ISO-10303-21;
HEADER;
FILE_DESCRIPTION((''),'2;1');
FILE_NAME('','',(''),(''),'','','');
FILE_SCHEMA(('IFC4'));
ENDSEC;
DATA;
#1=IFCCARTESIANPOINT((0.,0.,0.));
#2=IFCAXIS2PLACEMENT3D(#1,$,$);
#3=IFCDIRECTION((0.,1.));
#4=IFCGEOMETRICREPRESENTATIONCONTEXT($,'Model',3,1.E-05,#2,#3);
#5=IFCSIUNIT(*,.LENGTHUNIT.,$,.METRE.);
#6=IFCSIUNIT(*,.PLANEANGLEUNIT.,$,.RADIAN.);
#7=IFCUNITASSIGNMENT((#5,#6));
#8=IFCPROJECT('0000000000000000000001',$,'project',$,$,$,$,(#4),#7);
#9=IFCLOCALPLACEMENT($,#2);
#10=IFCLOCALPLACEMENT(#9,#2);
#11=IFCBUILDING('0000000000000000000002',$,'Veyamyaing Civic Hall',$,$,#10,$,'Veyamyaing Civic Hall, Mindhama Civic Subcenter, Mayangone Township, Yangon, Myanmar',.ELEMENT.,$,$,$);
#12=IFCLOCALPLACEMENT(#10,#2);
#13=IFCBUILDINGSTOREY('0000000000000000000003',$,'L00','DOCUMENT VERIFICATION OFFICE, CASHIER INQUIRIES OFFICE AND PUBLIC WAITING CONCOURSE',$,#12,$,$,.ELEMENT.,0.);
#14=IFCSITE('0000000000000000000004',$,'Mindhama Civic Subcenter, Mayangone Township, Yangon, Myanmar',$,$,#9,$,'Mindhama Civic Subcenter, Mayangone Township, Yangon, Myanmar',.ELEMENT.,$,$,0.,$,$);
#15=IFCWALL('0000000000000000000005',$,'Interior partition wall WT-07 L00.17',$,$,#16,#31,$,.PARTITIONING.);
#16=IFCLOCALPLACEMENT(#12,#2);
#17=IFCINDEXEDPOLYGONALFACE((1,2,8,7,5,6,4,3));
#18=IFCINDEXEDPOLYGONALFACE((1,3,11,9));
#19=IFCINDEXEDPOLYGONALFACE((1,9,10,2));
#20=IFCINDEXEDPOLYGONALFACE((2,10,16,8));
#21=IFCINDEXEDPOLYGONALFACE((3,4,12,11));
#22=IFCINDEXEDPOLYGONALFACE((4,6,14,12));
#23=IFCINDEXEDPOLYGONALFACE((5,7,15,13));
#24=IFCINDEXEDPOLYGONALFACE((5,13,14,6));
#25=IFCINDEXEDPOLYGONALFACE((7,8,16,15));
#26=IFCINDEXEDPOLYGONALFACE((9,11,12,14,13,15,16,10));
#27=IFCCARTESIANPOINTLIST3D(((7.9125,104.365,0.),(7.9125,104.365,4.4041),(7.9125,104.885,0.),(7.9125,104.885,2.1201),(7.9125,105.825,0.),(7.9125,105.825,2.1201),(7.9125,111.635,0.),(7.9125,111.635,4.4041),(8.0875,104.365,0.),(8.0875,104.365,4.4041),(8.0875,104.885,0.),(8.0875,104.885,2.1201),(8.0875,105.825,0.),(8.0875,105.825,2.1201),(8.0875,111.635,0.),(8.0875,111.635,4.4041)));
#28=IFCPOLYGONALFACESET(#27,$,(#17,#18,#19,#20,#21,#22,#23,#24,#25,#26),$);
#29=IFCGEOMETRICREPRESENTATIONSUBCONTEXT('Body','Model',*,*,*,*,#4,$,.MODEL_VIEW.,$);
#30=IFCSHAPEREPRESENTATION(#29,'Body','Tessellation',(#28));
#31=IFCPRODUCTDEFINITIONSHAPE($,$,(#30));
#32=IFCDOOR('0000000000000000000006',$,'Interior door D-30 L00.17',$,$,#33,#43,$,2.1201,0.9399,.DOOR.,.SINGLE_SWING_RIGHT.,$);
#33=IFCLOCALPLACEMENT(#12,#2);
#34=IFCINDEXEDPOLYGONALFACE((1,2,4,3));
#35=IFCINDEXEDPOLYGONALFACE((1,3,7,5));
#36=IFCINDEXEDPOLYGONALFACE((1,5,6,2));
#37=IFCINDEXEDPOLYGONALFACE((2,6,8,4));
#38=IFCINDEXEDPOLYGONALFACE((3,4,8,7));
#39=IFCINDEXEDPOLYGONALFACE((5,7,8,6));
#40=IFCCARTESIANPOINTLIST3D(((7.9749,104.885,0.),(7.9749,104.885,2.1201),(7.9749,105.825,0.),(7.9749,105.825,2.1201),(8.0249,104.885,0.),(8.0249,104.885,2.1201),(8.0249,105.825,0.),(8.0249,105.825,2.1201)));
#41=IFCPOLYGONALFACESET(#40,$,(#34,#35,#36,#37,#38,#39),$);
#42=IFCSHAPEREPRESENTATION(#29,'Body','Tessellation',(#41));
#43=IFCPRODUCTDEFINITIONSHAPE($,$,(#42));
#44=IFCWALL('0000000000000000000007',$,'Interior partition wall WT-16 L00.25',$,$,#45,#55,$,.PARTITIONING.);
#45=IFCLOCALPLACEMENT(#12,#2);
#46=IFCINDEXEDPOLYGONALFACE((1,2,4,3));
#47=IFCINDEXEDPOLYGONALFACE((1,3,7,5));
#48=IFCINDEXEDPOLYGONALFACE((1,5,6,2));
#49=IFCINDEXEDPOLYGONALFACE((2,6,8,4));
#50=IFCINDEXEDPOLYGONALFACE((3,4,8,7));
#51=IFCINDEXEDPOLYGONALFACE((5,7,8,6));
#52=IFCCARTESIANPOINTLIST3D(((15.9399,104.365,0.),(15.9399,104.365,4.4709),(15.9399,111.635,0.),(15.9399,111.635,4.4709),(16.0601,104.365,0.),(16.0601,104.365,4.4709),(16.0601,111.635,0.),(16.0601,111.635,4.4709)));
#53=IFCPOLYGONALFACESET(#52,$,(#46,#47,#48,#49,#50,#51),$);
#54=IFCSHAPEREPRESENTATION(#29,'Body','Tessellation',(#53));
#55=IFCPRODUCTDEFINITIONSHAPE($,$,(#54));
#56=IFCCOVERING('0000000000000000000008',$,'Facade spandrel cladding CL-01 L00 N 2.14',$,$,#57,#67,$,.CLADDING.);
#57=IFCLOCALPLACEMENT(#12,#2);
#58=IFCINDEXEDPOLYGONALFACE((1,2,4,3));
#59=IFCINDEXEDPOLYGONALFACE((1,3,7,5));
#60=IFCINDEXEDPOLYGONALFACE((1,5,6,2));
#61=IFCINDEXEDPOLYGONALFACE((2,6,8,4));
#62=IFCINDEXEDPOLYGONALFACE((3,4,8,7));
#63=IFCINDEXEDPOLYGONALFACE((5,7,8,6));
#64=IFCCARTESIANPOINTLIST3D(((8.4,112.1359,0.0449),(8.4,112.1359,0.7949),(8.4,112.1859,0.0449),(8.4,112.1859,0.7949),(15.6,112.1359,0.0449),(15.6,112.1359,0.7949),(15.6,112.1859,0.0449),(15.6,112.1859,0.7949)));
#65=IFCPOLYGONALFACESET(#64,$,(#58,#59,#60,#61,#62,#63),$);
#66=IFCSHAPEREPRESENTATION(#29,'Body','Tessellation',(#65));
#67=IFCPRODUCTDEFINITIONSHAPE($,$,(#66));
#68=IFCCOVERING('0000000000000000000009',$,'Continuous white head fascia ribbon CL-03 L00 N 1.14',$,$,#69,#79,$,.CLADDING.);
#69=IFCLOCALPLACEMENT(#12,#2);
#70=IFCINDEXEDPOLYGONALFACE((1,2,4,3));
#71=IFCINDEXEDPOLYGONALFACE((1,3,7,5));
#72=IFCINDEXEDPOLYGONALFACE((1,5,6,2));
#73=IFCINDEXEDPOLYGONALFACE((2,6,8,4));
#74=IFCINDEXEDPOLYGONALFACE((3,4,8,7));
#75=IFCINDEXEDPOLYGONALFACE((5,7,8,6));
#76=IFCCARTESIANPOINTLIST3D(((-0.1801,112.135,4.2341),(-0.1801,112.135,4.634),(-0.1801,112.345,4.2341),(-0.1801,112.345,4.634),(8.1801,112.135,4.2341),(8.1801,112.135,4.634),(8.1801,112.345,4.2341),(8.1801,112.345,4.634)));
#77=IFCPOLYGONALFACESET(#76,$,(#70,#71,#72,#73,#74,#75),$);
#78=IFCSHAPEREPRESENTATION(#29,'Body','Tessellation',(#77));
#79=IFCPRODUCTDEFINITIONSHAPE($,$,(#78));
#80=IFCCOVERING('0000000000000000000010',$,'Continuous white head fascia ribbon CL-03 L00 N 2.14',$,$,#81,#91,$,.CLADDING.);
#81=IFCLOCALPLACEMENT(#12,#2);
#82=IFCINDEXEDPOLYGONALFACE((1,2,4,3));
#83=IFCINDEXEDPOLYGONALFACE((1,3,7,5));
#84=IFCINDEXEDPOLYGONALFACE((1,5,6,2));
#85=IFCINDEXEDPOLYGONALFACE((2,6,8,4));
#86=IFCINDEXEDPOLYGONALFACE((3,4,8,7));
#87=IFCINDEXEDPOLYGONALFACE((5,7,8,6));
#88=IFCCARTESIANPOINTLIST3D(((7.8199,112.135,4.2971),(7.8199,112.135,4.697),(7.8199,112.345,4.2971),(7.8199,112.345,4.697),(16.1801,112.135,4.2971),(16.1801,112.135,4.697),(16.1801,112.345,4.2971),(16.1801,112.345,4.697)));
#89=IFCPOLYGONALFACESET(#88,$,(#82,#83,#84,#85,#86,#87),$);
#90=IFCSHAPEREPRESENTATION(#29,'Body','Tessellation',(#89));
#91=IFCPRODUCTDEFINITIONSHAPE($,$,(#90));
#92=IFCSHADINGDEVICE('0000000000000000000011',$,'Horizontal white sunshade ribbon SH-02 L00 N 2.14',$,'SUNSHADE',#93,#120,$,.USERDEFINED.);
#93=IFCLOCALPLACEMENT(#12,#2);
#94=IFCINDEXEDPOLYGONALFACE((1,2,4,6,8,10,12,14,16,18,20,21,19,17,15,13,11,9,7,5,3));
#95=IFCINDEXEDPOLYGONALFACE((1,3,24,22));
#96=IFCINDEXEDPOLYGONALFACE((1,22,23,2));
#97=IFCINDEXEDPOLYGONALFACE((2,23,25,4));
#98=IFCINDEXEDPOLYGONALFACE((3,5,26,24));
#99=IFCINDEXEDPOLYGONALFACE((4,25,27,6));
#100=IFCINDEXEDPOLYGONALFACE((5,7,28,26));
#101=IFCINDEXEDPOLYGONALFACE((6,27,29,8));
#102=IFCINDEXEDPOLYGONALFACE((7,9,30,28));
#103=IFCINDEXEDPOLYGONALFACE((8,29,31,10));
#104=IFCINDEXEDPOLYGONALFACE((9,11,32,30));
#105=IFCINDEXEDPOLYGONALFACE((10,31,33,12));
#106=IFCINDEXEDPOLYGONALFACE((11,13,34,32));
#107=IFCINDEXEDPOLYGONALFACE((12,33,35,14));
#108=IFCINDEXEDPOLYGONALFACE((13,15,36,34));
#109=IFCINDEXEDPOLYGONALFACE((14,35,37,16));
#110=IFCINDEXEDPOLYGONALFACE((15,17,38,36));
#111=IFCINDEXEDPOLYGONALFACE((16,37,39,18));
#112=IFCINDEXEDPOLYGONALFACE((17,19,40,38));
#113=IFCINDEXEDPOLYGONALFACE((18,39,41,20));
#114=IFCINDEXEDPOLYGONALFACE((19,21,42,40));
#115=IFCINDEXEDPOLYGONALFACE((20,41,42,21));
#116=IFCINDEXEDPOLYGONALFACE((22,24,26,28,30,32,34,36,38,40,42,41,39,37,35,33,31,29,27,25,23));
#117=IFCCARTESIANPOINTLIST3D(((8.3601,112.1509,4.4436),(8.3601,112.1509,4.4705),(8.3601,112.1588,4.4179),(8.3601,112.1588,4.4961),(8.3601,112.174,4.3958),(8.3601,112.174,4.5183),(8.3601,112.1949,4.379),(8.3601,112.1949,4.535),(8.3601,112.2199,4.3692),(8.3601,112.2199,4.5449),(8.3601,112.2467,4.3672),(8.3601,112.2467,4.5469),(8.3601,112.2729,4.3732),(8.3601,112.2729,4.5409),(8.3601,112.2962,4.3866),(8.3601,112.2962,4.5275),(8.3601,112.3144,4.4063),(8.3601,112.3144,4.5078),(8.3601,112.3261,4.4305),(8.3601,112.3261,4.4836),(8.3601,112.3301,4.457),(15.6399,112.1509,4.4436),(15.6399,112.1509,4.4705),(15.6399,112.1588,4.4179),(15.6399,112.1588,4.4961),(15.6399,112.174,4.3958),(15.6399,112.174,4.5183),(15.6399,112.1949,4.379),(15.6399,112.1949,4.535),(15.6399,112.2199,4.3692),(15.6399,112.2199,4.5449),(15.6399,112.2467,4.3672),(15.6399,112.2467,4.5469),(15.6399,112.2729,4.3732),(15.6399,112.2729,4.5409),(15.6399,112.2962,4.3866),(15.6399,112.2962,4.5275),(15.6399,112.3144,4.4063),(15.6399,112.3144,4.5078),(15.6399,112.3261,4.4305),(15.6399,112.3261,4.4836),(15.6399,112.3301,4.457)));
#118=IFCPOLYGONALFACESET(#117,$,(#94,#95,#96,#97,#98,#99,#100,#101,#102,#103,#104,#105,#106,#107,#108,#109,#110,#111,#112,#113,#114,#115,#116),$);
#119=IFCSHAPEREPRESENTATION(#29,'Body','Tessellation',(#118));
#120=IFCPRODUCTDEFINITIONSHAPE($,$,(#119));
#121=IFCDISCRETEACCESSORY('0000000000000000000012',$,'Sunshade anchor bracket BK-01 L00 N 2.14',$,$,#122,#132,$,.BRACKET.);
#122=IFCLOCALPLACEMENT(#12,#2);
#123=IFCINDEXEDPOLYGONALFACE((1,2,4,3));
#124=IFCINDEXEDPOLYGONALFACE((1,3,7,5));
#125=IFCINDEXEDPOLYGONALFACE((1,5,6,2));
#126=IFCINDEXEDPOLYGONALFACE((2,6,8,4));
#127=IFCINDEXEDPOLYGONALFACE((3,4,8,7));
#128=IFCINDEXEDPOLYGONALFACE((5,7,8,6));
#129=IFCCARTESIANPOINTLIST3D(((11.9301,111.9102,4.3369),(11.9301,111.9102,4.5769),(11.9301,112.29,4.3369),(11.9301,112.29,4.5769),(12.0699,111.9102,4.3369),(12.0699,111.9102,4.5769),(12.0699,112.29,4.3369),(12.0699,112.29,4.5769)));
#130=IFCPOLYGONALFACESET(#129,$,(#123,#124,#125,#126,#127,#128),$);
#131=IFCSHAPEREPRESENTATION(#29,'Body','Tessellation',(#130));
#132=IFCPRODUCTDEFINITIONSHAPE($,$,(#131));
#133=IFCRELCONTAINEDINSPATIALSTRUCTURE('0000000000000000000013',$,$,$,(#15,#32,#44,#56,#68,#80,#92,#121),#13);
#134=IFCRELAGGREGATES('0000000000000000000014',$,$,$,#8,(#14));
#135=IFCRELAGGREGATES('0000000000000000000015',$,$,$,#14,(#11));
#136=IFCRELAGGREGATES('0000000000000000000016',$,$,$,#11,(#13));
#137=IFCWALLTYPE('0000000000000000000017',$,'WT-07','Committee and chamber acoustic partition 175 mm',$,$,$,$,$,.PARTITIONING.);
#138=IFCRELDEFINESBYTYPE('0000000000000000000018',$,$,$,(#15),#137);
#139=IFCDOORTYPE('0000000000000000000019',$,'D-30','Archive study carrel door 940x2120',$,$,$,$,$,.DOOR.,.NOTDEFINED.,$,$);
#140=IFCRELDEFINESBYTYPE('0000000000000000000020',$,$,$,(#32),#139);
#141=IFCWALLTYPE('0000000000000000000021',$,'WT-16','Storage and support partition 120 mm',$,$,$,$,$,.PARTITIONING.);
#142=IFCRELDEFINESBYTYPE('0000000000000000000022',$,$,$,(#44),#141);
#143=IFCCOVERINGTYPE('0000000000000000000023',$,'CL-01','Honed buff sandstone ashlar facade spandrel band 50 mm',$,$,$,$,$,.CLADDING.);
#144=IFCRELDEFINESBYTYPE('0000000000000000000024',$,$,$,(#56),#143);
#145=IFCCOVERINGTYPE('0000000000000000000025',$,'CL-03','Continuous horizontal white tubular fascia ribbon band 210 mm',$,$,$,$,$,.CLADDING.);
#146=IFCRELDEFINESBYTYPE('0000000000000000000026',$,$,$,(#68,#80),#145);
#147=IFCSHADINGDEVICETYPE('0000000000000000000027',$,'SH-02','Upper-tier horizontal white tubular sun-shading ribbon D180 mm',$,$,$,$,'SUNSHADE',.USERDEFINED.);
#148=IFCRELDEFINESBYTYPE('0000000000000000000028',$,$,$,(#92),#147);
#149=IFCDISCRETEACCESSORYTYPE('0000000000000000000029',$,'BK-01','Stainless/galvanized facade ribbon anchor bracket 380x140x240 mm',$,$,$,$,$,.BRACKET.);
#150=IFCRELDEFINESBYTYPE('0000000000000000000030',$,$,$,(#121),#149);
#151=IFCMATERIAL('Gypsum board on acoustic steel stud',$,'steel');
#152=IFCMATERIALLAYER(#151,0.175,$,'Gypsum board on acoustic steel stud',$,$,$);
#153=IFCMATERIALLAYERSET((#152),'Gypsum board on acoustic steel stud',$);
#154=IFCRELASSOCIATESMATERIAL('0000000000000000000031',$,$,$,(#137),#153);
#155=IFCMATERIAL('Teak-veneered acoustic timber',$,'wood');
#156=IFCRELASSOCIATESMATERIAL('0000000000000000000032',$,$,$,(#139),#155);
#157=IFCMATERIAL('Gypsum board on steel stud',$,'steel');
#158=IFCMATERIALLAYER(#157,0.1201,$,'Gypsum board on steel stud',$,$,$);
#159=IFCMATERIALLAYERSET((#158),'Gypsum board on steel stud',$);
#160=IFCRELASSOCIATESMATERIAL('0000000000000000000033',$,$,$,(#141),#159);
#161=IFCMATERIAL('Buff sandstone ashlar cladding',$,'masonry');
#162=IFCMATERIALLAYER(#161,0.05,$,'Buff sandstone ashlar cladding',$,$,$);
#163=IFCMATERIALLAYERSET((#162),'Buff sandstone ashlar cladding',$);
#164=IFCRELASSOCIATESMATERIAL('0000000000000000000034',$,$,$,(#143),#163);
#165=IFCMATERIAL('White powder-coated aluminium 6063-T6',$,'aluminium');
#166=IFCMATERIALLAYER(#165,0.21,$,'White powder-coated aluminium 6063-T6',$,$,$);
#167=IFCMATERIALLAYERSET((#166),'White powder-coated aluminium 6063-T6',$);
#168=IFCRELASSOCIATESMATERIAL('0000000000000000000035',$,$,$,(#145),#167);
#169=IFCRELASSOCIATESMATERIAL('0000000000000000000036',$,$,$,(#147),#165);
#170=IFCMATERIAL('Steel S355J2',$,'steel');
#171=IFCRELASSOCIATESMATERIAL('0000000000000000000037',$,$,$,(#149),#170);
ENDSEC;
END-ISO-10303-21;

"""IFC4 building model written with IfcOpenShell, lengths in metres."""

from ifc_helpers import new_model, si_unit, direction, frame, frame_2d, origin, origin_2d, place, context, subcontext, project, spatial, rectangle, circle, extrude, material, layer, layer_set, material_profile, profile_set, type_object, element, fill, save


model = new_model("IFC4")

# Units and contexts
model_context = context("Model", 3, precision=1e-05, world=origin(), true_north=direction((0.0, 1.0)))
body_context = subcontext(model_context, "Body", "Model", "MODEL_VIEW")
ifc_project = project(units=[si_unit("LENGTHUNIT", "METRE"), si_unit("PLANEANGLEUNIT", "RADIAN")], contexts=[model_context])

# Site, building, storey
site_placement = place(None, origin())
site = spatial("IfcSite", under=ifc_project, at=site_placement, Name="Mindhama Civic Subcenter, Mayangone Township, Yangon, Myanmar", LongName="Mindhama Civic Subcenter, Mayangone Township, Yangon, Myanmar", CompositionType="ELEMENT", RefElevation=0.0)
building_placement = place(site_placement, origin())
building = spatial("IfcBuilding", under=site, at=building_placement, Name="Veyamyaing Civic Hall", LongName="Veyamyaing Civic Hall, Mindhama Civic Subcenter, Mayangone Township, Yangon, Myanmar", CompositionType="ELEMENT")
storey_placement = place(building_placement, origin())
storey = spatial("IfcBuildingStorey", under=building, at=storey_placement, Name="L00", Description="DOCUMENT VERIFICATION OFFICE, CASHIER INQUIRIES OFFICE AND PUBLIC WAITING CONCOURSE", CompositionType="ELEMENT", Elevation=0.0)

# Wall, opening, door
ifc_material_1 = material(Name="Gypsum board on acoustic steel stud", Category="steel")
ifc_layer_1 = layer(ifc_material_1, 0.175, Name="Gypsum board on acoustic steel stud")
ifc_layer_set_1 = layer_set([ifc_layer_1], Name="Gypsum board on acoustic steel stud")
wall_type_1 = type_object("IfcWallType", Name="WT-07", Description="Committee and chamber acoustic partition 175 mm", PredefinedType="PARTITIONING", material=ifc_layer_set_1)
wall_1_placement = place(storey_placement, frame((8.0, 104.365, 0.0), z_axis=(0.0, 0.0, 1.0), x_axis=(0.0, 1.0, 0.0)))
wall_1 = element("IfcWall", 1, at=wall_1_placement, inside=storey, type_object=wall_type_1, Name="Interior partition wall WT-07 L00.17", PredefinedType="PARTITIONING", context=body_context, shape_type="SweptSolid", body=[
    extrude(rectangle(XDim=7.27, YDim=0.175, at=frame_2d((3.635, 0.0))), origin(), (0.0, 0.0, 1.0), 4.4041),
])
opening_1_placement = place(wall_1_placement, frame((0.52, 0.0, 0.0)))
opening_1 = element("IfcOpeningElement", 2, at=opening_1_placement, cuts=wall_1, PredefinedType="OPENING", context=body_context, shape_type="SweptSolid", body=[
    extrude(rectangle(XDim=0.9399, YDim=2.1201, at=frame_2d((0.47, 1.0601))), frame((0.0, 0.0974, 0.0), z_axis=(0.0, -1.0, 0.0), x_axis=(1.0, 0.0, 0.0)), (0.0, 0.0, 1.0), 0.1951),
])
ifc_material_2 = material(Name="Teak-veneered acoustic timber", Category="wood")
door_type_1 = type_object("IfcDoorType", Name="D-30", Description="Archive study carrel door 940x2120", OperationType="NOTDEFINED", PredefinedType="DOOR", material=ifc_material_2)
door_1_placement = place(opening_1_placement, frame((0.9399, 0.0, 0.0), z_axis=(0.0, 0.0, 1.0), x_axis=(-1.0, 0.0, 0.0)))
door_1 = element("IfcDoor", 3, at=door_1_placement, inside=storey, type_object=door_type_1, Name="Interior door D-30 L00.17", OperationType="SINGLE_SWING_RIGHT", OverallHeight=2.1201, OverallWidth=0.9399, PredefinedType="DOOR", context=body_context, shape_type="SweptSolid", body=[
    extrude(rectangle(XDim=0.9399, YDim=2.1201, at=frame_2d((0.47, 1.0601))), frame((0.0, 0.0249, 0.0), z_axis=(0.0, -1.0, 0.0), x_axis=(1.0, 0.0, 0.0)), (0.0, 0.0, 1.0), 0.05),
])
fill(opening_1, door_1)

# Wall
ifc_material_3 = material(Name="Gypsum board on steel stud", Category="steel")
ifc_layer_2 = layer(ifc_material_3, 0.1201, Name="Gypsum board on steel stud")
ifc_layer_set_2 = layer_set([ifc_layer_2], Name="Gypsum board on steel stud")
wall_type_2 = type_object("IfcWallType", Name="WT-16", Description="Storage and support partition 120 mm", PredefinedType="PARTITIONING", material=ifc_layer_set_2)
wall_2_placement = place(storey_placement, frame((16.0, 104.365, 0.0), z_axis=(0.0, 0.0, 1.0), x_axis=(0.0, 1.0, 0.0)))
element("IfcWall", 4, at=wall_2_placement, inside=storey, type_object=wall_type_2, Name="Interior partition wall WT-16 L00.25", PredefinedType="PARTITIONING", context=body_context, shape_type="SweptSolid", body=[
    extrude(rectangle(XDim=7.27, YDim=0.1201, at=frame_2d((3.635, 0.0))), origin(), (0.0, 0.0, 1.0), 4.4709),
])

# Coverings
ifc_material_4 = material(Name="Buff sandstone ashlar cladding", Category="masonry")
ifc_layer_3 = layer(ifc_material_4, 0.05, Name="Buff sandstone ashlar cladding")
ifc_layer_set_3 = layer_set([ifc_layer_3], Name="Buff sandstone ashlar cladding")
covering_type_1 = type_object("IfcCoveringType", Name="CL-01", Description="Honed buff sandstone ashlar facade spandrel band 50 mm", PredefinedType="CLADDING", material=ifc_layer_set_3)
covering_placement = place(storey_placement, frame((12.0, 112.1609, 0.0449), z_axis=(0.0, 0.0, 1.0), x_axis=(1.0, 0.0, 0.0)))
element("IfcCovering", 5, at=covering_placement, inside=storey, type_object=covering_type_1, Name="Facade spandrel cladding CL-01 L00 N 2.14", PredefinedType="CLADDING", context=body_context, shape_type="SweptSolid", body=[
    extrude(rectangle(XDim=7.2, YDim=0.05, at=origin_2d()), origin(), (0.0, 0.0, 1.0), 0.75),
])
ifc_material_5 = material(Name="White powder-coated aluminium 6063-T6", Category="aluminium")
ifc_layer_4 = layer(ifc_material_5, 0.21, Name="White powder-coated aluminium 6063-T6")
ifc_layer_set_4 = layer_set([ifc_layer_4], Name="White powder-coated aluminium 6063-T6")
covering_type_2 = type_object("IfcCoveringType", Name="CL-03", Description="Continuous horizontal white tubular fascia ribbon band 210 mm", PredefinedType="CLADDING", material=ifc_layer_set_4)
for number, where, z_axis, x_axis, name in (
    (6, (4.0, 112.24, 4.2341), (0.0, 0.0, 1.0), (1.0, 0.0, 0.0), "Continuous white head fascia ribbon CL-03 L00 N 1.14"),
    (7, (12.0, 112.24, 4.2971), (0.0, 0.0, 1.0), (1.0, 0.0, 0.0), "Continuous white head fascia ribbon CL-03 L00 N 2.14"),
):
    element("IfcCovering", number, at=place(storey_placement, frame(where, z_axis=z_axis, x_axis=x_axis)), inside=storey, type_object=covering_type_2, Name=name, PredefinedType="CLADDING", context=body_context, shape_type="SweptSolid", body=[
        extrude(rectangle(XDim=8.3601, YDim=0.21, at=origin_2d()), origin(), (0.0, 0.0, 1.0), 0.3999),
    ])

# Shading device
ifc_material_profile_1 = material_profile(ifc_material_5, circle(Radius=0.0901, at=origin_2d()), Name="SHADE-TUBE-180")
ifc_profile_set_1 = profile_set([ifc_material_profile_1], Name="White powder-coated aluminium 6063-T6")
shading_device_type = type_object("IfcShadingDeviceType", Name="SH-02", Description="Upper-tier horizontal white tubular sun-shading ribbon D180 mm", ElementType="SUNSHADE", PredefinedType="USERDEFINED", material=ifc_profile_set_1)
shading_device_placement = place(storey_placement, frame((8.3601, 112.24, 4.457), z_axis=(1.0, 0.0, 0.0), x_axis=(0.0, 1.0, 0.0)))
element("IfcShadingDevice", 8, at=shading_device_placement, inside=storey, type_object=shading_device_type, Name="Horizontal white sunshade ribbon SH-02 L00 N 2.14", ObjectType="SUNSHADE", PredefinedType="USERDEFINED", context=body_context, shape_type="SweptSolid", body=[
    extrude(circle(Radius=0.0901, at=origin_2d()), origin(), (0.0, 0.0, 1.0), 7.2798),
])

# Discrete accessory
ifc_material_6 = material(Name="Steel S355J2", Category="steel")
discrete_accessory_type = type_object("IfcDiscreteAccessoryType", Name="BK-01", Description="Stainless/galvanized facade ribbon anchor bracket 380x140x240 mm", PredefinedType="BRACKET", material=ifc_material_6)
discrete_accessory_placement = place(storey_placement, frame((12.0, 112.1001, 4.3369), z_axis=(0.0, 0.0, 1.0), x_axis=(0.0, 1.0, 0.0)))
element("IfcDiscreteAccessory", 9, at=discrete_accessory_placement, inside=storey, type_object=discrete_accessory_type, Name="Sunshade anchor bracket BK-01 L00 N 2.14", PredefinedType="BRACKET", context=body_context, shape_type="SweptSolid", body=[
    extrude(rectangle(XDim=0.3799, YDim=0.1399, at=origin_2d()), origin(), (0.0, 0.0, 1.0), 0.24),
])

save(model, "model.ifc")
